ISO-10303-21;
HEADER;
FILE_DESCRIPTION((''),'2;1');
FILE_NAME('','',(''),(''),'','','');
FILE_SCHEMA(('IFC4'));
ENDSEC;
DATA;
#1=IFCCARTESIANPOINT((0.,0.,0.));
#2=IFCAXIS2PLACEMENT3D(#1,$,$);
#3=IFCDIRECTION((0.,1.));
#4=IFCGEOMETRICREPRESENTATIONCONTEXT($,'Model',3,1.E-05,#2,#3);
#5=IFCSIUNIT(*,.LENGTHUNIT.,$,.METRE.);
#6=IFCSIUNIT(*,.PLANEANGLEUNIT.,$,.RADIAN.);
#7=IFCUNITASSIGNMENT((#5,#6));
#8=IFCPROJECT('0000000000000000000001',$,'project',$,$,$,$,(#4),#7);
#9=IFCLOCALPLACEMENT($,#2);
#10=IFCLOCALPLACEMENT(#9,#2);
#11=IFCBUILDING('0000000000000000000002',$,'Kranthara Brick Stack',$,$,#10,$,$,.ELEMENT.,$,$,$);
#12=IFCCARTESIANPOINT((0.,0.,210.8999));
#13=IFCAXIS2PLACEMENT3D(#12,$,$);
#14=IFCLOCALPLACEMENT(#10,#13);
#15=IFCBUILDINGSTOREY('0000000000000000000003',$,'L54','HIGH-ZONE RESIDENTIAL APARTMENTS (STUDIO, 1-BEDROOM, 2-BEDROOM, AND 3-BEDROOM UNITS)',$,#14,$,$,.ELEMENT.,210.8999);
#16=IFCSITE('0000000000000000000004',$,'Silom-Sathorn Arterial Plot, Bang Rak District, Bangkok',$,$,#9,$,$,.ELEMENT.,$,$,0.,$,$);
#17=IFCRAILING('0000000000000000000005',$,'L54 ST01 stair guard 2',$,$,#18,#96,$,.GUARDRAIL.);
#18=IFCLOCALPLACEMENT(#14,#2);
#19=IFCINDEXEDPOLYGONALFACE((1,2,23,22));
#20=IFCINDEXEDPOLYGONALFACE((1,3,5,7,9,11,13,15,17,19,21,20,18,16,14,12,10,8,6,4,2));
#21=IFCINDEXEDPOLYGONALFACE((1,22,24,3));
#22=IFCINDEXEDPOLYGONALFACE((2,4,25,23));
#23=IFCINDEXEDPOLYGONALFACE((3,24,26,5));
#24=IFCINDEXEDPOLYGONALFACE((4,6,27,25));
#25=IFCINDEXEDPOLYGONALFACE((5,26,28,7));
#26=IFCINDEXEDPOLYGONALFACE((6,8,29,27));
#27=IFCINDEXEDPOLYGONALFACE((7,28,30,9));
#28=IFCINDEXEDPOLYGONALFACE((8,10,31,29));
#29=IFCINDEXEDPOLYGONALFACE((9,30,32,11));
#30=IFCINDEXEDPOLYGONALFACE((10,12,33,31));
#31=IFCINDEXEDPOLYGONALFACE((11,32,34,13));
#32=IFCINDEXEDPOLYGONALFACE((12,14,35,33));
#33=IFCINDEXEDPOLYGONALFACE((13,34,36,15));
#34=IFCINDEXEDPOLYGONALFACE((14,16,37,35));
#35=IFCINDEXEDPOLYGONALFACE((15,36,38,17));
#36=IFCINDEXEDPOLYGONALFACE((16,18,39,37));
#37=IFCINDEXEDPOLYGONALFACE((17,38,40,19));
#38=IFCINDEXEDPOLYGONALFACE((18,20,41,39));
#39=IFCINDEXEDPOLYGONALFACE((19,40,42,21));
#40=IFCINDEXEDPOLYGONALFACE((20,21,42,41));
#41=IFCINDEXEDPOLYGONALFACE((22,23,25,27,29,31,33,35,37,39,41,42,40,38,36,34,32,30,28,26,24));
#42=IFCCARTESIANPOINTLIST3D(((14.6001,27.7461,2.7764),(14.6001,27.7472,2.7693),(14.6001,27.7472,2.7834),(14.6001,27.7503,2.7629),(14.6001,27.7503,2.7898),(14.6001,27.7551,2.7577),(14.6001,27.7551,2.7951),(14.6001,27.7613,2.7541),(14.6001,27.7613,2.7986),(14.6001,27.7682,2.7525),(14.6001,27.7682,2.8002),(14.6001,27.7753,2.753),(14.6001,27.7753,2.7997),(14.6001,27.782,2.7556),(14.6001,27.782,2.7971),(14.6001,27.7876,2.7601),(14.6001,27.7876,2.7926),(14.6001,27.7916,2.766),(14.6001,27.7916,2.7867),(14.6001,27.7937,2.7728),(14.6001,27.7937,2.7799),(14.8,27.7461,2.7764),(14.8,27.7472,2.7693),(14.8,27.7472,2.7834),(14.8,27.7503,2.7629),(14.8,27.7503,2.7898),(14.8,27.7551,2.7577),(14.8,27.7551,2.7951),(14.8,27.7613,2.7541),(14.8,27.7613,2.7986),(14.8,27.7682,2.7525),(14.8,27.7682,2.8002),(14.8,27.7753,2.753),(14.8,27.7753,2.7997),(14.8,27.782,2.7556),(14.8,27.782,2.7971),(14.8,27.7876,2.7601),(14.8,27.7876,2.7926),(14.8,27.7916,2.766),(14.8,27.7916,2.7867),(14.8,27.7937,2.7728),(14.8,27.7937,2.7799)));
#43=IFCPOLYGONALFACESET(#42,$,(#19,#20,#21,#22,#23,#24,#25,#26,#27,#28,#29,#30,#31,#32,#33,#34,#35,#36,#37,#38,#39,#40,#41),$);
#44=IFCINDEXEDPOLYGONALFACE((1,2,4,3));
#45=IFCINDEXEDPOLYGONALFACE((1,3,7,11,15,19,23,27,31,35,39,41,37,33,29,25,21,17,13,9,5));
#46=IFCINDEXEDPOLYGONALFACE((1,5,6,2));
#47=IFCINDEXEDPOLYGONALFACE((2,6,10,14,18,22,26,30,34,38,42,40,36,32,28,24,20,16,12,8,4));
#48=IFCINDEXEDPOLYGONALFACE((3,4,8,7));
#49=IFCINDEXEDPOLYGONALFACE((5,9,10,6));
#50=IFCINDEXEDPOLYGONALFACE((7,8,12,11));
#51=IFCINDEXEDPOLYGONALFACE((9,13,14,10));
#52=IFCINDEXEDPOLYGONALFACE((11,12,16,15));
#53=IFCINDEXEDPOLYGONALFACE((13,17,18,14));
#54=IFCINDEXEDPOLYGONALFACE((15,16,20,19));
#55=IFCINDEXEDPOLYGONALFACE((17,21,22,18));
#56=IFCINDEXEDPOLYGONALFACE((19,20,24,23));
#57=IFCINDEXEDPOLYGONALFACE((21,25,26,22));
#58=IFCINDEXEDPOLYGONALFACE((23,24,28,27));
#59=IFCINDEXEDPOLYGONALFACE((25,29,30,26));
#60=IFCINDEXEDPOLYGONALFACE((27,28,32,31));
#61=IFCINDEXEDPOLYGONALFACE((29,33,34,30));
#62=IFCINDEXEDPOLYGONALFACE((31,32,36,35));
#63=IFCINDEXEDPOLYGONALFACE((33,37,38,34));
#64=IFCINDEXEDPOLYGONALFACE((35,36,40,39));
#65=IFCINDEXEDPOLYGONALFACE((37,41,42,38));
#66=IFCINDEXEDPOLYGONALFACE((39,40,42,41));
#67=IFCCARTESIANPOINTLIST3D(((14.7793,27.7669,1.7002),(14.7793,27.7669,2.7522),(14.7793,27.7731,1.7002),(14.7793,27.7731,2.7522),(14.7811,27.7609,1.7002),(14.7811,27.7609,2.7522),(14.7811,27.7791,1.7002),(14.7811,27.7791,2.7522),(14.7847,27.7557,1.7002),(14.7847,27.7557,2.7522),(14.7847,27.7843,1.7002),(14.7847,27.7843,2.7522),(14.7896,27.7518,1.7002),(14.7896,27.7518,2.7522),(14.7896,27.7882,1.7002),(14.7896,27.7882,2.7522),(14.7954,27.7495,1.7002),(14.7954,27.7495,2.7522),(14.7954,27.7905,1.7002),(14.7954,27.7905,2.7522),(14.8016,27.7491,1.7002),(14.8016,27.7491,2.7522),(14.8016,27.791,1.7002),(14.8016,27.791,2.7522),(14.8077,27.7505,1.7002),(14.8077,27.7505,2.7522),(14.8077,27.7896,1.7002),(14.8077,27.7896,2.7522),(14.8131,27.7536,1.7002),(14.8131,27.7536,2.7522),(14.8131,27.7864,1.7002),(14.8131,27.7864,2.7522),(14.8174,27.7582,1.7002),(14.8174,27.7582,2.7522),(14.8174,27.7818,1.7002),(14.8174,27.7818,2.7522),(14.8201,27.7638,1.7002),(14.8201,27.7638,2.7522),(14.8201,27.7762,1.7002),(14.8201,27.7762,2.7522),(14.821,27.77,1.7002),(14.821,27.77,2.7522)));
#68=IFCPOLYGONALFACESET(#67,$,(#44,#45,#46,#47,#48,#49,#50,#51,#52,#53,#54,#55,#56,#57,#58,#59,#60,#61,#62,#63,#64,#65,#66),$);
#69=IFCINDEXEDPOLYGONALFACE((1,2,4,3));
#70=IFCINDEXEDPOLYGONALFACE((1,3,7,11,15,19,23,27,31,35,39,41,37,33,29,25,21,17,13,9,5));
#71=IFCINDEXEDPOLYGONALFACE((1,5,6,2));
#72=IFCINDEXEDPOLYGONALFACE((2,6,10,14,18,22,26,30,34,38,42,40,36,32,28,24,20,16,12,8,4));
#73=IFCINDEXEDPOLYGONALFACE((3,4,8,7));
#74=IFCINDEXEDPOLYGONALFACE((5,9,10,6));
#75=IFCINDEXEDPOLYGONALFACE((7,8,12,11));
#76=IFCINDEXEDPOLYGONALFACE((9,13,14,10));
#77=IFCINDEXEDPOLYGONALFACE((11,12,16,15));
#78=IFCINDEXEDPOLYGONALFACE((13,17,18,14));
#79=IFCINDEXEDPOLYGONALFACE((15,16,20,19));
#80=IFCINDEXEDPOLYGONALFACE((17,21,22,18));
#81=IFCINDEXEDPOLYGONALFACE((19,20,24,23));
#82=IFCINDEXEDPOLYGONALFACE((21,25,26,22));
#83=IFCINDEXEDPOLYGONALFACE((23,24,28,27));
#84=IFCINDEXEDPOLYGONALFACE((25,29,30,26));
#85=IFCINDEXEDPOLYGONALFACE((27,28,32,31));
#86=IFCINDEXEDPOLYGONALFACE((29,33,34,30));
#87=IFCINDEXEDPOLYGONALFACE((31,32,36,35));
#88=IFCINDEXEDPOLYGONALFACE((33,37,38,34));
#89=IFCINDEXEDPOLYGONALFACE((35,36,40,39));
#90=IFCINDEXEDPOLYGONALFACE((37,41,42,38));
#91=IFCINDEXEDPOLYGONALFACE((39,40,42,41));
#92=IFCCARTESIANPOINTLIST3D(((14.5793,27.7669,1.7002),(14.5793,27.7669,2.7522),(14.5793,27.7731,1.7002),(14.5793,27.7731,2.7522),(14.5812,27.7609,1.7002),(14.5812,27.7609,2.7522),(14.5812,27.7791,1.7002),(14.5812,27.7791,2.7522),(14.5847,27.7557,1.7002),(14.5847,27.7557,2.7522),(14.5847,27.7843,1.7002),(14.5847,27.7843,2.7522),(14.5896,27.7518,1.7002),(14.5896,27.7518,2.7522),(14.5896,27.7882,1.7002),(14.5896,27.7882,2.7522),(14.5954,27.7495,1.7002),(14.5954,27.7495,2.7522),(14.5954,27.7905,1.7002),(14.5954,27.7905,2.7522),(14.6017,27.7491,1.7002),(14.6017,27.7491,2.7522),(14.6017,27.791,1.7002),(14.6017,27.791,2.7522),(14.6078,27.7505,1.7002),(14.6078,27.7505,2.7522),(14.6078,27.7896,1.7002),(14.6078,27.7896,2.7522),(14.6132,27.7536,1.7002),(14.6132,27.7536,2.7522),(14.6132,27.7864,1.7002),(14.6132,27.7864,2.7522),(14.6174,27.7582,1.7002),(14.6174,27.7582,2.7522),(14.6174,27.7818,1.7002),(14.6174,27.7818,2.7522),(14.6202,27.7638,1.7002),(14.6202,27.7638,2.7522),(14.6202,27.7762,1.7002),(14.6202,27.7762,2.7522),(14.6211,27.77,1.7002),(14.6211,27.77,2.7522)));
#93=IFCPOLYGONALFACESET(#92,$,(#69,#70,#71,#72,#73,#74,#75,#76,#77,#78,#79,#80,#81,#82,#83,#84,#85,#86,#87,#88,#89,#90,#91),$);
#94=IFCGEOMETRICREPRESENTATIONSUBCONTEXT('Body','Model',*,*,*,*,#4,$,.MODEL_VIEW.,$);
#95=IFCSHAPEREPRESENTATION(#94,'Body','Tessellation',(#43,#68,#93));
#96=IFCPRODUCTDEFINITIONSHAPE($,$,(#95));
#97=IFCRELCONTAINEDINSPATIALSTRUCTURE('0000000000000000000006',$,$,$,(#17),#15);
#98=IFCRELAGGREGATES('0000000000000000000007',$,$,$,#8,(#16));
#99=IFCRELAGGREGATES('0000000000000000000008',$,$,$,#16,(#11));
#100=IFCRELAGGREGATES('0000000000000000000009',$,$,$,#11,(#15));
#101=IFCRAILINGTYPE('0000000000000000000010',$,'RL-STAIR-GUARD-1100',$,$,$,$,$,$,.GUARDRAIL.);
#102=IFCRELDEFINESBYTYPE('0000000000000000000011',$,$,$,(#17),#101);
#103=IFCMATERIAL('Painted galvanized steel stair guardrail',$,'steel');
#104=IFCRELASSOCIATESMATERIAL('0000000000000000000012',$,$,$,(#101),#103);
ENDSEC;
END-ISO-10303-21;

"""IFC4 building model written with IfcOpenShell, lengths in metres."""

from ifc_helpers import new_model, si_unit, direction, frame, origin, origin_2d, place, context, subcontext, project, spatial, circle, extrude, material, type_object, element, save


model = new_model("IFC4")

# Units and contexts
model_context = context("Model", 3, precision=1e-05, world=origin(), true_north=direction((0.0, 1.0)))
body_context = subcontext(model_context, "Body", "Model", "MODEL_VIEW")
ifc_project = project(units=[si_unit("LENGTHUNIT", "METRE"), si_unit("PLANEANGLEUNIT", "RADIAN")], contexts=[model_context])

# Site, building, storey
site_placement = place(None, origin())
site = spatial("IfcSite", under=ifc_project, at=site_placement, Name="Silom-Sathorn Arterial Plot, Bang Rak District, Bangkok", CompositionType="ELEMENT", RefElevation=0.0)
building_placement = place(site_placement, origin())
building = spatial("IfcBuilding", under=site, at=building_placement, Name="Kranthara Brick Stack", CompositionType="ELEMENT")
storey_placement = place(building_placement, frame((0.0, 0.0, 210.8999)))
storey = spatial("IfcBuildingStorey", under=building, at=storey_placement, Name="L54", Description="HIGH-ZONE RESIDENTIAL APARTMENTS (STUDIO, 1-BEDROOM, 2-BEDROOM, AND 3-BEDROOM UNITS)", CompositionType="ELEMENT", Elevation=210.8999)

# Railing
ifc_material_1 = material(Name="Painted galvanized steel stair guardrail", Category="steel")
railing_type_1 = type_object("IfcRailingType", Name="RL-STAIR-GUARD-1100", PredefinedType="GUARDRAIL", material=ifc_material_1)
railing_1_placement = place(storey_placement, frame((14.8, 27.77, 1.7002)))
element("IfcRailing", 1, at=railing_1_placement, inside=storey, type_object=railing_type_1, Name="L54 ST01 stair guard 2", PredefinedType="GUARDRAIL", context=body_context, shape_type="SweptSolid", body=[
    extrude(circle(Radius=0.0239, at=origin_2d()), frame((0.0, 0.0, 1.0762), z_axis=(-1.0, 0.0, 0.0), x_axis=(0.0, -1.0, 0.0)), (0.0, 0.0, 1.0), 0.2),
    extrude(circle(Radius=0.021, at=origin_2d()), origin(), (0.0, 0.0, 1.0), 1.052),
    extrude(circle(Radius=0.021, at=origin_2d()), frame((-0.2, 0.0, 0.0)), (0.0, 0.0, 1.0), 1.052),
])

save(model, "model.ifc")
